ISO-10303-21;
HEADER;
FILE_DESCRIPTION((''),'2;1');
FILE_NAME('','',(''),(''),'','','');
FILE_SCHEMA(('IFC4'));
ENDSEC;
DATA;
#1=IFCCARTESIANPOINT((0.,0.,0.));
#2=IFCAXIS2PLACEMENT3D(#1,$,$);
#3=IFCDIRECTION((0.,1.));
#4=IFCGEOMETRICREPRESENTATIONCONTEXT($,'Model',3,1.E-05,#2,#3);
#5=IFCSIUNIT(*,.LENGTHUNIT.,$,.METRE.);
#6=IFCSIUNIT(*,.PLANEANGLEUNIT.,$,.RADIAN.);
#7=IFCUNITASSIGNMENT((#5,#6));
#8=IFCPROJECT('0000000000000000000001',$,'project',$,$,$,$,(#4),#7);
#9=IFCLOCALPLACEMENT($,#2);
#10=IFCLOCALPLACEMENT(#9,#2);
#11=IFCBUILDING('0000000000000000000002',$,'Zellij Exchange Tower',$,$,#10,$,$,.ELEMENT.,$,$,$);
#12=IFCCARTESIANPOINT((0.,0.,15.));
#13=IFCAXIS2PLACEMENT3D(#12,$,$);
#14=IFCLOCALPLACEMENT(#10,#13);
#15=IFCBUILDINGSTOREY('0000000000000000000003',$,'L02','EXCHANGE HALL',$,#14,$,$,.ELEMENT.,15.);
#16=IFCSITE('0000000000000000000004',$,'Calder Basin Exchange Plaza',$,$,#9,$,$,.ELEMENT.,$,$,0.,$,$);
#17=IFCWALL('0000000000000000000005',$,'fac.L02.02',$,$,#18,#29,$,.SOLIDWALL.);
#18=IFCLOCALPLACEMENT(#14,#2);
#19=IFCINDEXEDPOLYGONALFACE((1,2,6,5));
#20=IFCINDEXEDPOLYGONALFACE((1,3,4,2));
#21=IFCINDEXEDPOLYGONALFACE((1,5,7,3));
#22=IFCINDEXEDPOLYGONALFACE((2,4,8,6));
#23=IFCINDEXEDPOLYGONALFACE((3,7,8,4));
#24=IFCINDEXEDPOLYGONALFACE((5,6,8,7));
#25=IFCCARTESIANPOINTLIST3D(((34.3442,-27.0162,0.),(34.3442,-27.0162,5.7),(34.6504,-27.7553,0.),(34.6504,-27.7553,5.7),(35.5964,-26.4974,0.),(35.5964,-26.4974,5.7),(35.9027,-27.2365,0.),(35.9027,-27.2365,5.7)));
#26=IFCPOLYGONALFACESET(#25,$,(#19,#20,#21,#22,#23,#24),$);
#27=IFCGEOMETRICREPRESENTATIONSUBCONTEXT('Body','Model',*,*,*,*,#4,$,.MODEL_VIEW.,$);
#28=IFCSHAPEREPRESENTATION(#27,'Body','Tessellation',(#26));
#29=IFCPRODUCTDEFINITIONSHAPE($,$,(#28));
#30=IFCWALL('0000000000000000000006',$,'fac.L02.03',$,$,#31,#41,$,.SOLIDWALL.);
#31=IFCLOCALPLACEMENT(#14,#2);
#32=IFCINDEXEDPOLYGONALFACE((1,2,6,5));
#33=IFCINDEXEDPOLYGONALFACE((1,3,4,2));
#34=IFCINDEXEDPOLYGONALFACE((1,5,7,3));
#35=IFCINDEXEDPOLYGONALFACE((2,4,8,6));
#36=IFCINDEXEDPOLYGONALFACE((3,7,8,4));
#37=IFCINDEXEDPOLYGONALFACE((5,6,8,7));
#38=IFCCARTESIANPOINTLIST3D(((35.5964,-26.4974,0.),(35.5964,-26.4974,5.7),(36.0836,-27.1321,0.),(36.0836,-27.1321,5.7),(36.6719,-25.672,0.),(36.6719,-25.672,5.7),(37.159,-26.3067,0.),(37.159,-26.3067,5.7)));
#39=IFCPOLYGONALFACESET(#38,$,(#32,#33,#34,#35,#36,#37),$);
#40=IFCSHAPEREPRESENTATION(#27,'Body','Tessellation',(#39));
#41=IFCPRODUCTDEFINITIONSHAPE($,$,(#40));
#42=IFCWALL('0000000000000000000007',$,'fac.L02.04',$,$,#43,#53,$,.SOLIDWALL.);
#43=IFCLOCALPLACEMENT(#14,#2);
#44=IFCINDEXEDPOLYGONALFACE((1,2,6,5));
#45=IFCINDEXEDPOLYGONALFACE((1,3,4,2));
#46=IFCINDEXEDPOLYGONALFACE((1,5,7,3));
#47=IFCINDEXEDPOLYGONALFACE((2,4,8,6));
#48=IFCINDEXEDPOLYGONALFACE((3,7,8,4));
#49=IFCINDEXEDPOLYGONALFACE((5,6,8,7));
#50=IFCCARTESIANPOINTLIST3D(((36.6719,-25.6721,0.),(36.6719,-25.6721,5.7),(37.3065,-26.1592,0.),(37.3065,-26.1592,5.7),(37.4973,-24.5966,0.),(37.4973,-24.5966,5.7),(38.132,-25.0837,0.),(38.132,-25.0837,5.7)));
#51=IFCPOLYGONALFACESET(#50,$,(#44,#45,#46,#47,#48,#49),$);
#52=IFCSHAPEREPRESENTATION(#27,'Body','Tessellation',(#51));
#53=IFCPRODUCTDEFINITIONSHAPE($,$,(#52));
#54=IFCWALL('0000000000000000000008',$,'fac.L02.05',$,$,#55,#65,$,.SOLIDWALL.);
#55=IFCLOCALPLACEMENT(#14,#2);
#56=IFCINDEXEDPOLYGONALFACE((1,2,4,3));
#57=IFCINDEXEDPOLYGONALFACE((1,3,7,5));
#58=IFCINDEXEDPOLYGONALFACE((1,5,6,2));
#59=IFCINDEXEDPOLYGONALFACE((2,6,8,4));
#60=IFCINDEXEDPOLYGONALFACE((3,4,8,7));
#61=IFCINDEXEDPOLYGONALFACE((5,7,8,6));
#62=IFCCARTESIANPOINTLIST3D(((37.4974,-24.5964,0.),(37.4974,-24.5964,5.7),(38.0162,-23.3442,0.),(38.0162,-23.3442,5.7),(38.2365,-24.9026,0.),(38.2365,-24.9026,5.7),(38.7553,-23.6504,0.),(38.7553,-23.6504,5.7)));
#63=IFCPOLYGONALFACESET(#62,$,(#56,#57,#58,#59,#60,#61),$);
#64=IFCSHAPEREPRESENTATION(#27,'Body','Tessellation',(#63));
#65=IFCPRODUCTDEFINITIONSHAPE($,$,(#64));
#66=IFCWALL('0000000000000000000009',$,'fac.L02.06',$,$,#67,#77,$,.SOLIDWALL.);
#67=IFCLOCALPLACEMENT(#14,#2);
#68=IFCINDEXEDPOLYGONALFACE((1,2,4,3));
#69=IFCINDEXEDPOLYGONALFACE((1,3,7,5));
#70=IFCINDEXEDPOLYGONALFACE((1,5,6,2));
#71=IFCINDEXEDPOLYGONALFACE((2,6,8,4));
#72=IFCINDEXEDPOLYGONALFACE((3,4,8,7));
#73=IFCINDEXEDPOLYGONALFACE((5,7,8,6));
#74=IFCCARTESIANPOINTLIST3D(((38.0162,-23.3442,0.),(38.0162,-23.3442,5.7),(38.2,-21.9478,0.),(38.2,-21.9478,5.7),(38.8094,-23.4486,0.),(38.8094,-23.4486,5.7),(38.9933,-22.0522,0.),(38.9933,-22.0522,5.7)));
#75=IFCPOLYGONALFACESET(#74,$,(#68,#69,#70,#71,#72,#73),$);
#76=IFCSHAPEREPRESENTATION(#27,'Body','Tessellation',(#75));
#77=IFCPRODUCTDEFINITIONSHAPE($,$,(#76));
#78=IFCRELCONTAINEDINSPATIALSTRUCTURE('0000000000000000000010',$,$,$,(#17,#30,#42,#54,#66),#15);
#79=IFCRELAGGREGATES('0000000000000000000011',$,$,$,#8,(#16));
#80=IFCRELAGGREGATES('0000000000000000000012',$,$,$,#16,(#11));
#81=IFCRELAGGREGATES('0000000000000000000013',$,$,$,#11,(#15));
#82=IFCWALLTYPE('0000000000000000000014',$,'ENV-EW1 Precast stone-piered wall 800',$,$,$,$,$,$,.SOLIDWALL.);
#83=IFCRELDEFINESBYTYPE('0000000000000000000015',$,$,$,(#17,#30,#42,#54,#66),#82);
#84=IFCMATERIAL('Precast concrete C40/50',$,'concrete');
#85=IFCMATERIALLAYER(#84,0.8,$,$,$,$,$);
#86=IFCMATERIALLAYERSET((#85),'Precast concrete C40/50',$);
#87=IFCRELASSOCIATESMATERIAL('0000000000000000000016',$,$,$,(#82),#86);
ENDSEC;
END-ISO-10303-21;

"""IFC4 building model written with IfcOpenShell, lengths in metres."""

from ifc_helpers import new_model, si_unit, direction, frame, frame_2d, origin, place, context, subcontext, project, spatial, rectangle, extrude, material, layer, layer_set, type_object, element, save


model = new_model("IFC4")

# Units and contexts
model_context = context("Model", 3, precision=1e-05, world=origin(), true_north=direction((0.0, 1.0)))
body_context = subcontext(model_context, "Body", "Model", "MODEL_VIEW")
ifc_project = project(units=[si_unit("LENGTHUNIT", "METRE"), si_unit("PLANEANGLEUNIT", "RADIAN")], contexts=[model_context])

# Site, building, storey
site_placement = place(None, origin())
site = spatial("IfcSite", under=ifc_project, at=site_placement, Name="Calder Basin Exchange Plaza", CompositionType="ELEMENT", RefElevation=0.0)
building_placement = place(site_placement, origin())
building = spatial("IfcBuilding", under=site, at=building_placement, Name="Zellij Exchange Tower", CompositionType="ELEMENT")
storey_placement = place(building_placement, frame((0.0, 0.0, 15.0)))
storey = spatial("IfcBuildingStorey", under=building, at=storey_placement, Name="L02", Description="EXCHANGE HALL", CompositionType="ELEMENT", Elevation=15.0)

# Walls
ifc_material_1 = material(Name="Precast concrete C40/50", Category="concrete")
ifc_layer_1 = layer(ifc_material_1, 0.8)
ifc_layer_set_1 = layer_set([ifc_layer_1], Name="Precast concrete C40/50")
wall_type_1 = type_object("IfcWallType", Name="ENV-EW1 Precast stone-piered wall 800", PredefinedType="SOLIDWALL", material=ifc_layer_set_1)
wall_1_placement = place(storey_placement, frame((34.4973, -27.3857, 0.0), z_axis=(0.0, 0.0, 1.0), x_axis=(0.923848, 0.38276, 0.0)))
element("IfcWall", 1, at=wall_1_placement, inside=storey, type_object=wall_type_1, Name="fac.L02.02", PredefinedType="SOLIDWALL", context=body_context, shape_type="SweptSolid", body=[
    extrude(rectangle(XDim=1.3555, YDim=0.8, at=frame_2d((0.6777, 0.0))), origin(), (0.0, 0.0, 1.0), 5.7),
])
for number, where, z_axis, x_axis, name in (
    (2, (35.8401, -26.8147, 0.0), (0.0, 0.0, 1.0), (0.793273, 0.608866, 0.0), "fac.L02.03"),
    (3, (36.9893, -25.9155, 0.0), (0.0, 0.0, 1.0), (0.608866, 0.793273, 0.0), "fac.L02.04"),
):
    element("IfcWall", number, at=place(storey_placement, frame(where, z_axis=z_axis, x_axis=x_axis)), inside=storey, type_object=wall_type_1, Name=name, PredefinedType="SOLIDWALL", context=body_context, shape_type="SweptSolid", body=[
        extrude(rectangle(XDim=1.3557, YDim=0.8, at=frame_2d((0.6777, 0.0))), origin(), (0.0, 0.0, 1.0), 5.7),
    ])
wall_2_placement = place(storey_placement, frame((37.8669, -24.7495, 0.0), z_axis=(0.0, 0.0, 1.0), x_axis=(0.38276, 0.923848, 0.0)))
element("IfcWall", 4, at=wall_2_placement, inside=storey, type_object=wall_type_1, Name="fac.L02.05", PredefinedType="SOLIDWALL", context=body_context, shape_type="SweptSolid", body=[
    extrude(rectangle(XDim=1.3555, YDim=0.8, at=frame_2d((0.6777, 0.0))), origin(), (0.0, 0.0, 1.0), 5.7),
])
wall_3_placement = place(storey_placement, frame((38.4128, -23.3962, 0.0), z_axis=(0.0, 0.0, 1.0), x_axis=(0.130517, 0.991446, 0.0)))
element("IfcWall", 5, at=wall_3_placement, inside=storey, type_object=wall_type_1, Name="fac.L02.06", PredefinedType="SOLIDWALL", context=body_context, shape_type="SweptSolid", body=[
    extrude(rectangle(XDim=1.4084, YDim=0.8, at=frame_2d((0.7041, 0.0))), origin(), (0.0, 0.0, 1.0), 5.7),
])

save(model, "model.ifc")
